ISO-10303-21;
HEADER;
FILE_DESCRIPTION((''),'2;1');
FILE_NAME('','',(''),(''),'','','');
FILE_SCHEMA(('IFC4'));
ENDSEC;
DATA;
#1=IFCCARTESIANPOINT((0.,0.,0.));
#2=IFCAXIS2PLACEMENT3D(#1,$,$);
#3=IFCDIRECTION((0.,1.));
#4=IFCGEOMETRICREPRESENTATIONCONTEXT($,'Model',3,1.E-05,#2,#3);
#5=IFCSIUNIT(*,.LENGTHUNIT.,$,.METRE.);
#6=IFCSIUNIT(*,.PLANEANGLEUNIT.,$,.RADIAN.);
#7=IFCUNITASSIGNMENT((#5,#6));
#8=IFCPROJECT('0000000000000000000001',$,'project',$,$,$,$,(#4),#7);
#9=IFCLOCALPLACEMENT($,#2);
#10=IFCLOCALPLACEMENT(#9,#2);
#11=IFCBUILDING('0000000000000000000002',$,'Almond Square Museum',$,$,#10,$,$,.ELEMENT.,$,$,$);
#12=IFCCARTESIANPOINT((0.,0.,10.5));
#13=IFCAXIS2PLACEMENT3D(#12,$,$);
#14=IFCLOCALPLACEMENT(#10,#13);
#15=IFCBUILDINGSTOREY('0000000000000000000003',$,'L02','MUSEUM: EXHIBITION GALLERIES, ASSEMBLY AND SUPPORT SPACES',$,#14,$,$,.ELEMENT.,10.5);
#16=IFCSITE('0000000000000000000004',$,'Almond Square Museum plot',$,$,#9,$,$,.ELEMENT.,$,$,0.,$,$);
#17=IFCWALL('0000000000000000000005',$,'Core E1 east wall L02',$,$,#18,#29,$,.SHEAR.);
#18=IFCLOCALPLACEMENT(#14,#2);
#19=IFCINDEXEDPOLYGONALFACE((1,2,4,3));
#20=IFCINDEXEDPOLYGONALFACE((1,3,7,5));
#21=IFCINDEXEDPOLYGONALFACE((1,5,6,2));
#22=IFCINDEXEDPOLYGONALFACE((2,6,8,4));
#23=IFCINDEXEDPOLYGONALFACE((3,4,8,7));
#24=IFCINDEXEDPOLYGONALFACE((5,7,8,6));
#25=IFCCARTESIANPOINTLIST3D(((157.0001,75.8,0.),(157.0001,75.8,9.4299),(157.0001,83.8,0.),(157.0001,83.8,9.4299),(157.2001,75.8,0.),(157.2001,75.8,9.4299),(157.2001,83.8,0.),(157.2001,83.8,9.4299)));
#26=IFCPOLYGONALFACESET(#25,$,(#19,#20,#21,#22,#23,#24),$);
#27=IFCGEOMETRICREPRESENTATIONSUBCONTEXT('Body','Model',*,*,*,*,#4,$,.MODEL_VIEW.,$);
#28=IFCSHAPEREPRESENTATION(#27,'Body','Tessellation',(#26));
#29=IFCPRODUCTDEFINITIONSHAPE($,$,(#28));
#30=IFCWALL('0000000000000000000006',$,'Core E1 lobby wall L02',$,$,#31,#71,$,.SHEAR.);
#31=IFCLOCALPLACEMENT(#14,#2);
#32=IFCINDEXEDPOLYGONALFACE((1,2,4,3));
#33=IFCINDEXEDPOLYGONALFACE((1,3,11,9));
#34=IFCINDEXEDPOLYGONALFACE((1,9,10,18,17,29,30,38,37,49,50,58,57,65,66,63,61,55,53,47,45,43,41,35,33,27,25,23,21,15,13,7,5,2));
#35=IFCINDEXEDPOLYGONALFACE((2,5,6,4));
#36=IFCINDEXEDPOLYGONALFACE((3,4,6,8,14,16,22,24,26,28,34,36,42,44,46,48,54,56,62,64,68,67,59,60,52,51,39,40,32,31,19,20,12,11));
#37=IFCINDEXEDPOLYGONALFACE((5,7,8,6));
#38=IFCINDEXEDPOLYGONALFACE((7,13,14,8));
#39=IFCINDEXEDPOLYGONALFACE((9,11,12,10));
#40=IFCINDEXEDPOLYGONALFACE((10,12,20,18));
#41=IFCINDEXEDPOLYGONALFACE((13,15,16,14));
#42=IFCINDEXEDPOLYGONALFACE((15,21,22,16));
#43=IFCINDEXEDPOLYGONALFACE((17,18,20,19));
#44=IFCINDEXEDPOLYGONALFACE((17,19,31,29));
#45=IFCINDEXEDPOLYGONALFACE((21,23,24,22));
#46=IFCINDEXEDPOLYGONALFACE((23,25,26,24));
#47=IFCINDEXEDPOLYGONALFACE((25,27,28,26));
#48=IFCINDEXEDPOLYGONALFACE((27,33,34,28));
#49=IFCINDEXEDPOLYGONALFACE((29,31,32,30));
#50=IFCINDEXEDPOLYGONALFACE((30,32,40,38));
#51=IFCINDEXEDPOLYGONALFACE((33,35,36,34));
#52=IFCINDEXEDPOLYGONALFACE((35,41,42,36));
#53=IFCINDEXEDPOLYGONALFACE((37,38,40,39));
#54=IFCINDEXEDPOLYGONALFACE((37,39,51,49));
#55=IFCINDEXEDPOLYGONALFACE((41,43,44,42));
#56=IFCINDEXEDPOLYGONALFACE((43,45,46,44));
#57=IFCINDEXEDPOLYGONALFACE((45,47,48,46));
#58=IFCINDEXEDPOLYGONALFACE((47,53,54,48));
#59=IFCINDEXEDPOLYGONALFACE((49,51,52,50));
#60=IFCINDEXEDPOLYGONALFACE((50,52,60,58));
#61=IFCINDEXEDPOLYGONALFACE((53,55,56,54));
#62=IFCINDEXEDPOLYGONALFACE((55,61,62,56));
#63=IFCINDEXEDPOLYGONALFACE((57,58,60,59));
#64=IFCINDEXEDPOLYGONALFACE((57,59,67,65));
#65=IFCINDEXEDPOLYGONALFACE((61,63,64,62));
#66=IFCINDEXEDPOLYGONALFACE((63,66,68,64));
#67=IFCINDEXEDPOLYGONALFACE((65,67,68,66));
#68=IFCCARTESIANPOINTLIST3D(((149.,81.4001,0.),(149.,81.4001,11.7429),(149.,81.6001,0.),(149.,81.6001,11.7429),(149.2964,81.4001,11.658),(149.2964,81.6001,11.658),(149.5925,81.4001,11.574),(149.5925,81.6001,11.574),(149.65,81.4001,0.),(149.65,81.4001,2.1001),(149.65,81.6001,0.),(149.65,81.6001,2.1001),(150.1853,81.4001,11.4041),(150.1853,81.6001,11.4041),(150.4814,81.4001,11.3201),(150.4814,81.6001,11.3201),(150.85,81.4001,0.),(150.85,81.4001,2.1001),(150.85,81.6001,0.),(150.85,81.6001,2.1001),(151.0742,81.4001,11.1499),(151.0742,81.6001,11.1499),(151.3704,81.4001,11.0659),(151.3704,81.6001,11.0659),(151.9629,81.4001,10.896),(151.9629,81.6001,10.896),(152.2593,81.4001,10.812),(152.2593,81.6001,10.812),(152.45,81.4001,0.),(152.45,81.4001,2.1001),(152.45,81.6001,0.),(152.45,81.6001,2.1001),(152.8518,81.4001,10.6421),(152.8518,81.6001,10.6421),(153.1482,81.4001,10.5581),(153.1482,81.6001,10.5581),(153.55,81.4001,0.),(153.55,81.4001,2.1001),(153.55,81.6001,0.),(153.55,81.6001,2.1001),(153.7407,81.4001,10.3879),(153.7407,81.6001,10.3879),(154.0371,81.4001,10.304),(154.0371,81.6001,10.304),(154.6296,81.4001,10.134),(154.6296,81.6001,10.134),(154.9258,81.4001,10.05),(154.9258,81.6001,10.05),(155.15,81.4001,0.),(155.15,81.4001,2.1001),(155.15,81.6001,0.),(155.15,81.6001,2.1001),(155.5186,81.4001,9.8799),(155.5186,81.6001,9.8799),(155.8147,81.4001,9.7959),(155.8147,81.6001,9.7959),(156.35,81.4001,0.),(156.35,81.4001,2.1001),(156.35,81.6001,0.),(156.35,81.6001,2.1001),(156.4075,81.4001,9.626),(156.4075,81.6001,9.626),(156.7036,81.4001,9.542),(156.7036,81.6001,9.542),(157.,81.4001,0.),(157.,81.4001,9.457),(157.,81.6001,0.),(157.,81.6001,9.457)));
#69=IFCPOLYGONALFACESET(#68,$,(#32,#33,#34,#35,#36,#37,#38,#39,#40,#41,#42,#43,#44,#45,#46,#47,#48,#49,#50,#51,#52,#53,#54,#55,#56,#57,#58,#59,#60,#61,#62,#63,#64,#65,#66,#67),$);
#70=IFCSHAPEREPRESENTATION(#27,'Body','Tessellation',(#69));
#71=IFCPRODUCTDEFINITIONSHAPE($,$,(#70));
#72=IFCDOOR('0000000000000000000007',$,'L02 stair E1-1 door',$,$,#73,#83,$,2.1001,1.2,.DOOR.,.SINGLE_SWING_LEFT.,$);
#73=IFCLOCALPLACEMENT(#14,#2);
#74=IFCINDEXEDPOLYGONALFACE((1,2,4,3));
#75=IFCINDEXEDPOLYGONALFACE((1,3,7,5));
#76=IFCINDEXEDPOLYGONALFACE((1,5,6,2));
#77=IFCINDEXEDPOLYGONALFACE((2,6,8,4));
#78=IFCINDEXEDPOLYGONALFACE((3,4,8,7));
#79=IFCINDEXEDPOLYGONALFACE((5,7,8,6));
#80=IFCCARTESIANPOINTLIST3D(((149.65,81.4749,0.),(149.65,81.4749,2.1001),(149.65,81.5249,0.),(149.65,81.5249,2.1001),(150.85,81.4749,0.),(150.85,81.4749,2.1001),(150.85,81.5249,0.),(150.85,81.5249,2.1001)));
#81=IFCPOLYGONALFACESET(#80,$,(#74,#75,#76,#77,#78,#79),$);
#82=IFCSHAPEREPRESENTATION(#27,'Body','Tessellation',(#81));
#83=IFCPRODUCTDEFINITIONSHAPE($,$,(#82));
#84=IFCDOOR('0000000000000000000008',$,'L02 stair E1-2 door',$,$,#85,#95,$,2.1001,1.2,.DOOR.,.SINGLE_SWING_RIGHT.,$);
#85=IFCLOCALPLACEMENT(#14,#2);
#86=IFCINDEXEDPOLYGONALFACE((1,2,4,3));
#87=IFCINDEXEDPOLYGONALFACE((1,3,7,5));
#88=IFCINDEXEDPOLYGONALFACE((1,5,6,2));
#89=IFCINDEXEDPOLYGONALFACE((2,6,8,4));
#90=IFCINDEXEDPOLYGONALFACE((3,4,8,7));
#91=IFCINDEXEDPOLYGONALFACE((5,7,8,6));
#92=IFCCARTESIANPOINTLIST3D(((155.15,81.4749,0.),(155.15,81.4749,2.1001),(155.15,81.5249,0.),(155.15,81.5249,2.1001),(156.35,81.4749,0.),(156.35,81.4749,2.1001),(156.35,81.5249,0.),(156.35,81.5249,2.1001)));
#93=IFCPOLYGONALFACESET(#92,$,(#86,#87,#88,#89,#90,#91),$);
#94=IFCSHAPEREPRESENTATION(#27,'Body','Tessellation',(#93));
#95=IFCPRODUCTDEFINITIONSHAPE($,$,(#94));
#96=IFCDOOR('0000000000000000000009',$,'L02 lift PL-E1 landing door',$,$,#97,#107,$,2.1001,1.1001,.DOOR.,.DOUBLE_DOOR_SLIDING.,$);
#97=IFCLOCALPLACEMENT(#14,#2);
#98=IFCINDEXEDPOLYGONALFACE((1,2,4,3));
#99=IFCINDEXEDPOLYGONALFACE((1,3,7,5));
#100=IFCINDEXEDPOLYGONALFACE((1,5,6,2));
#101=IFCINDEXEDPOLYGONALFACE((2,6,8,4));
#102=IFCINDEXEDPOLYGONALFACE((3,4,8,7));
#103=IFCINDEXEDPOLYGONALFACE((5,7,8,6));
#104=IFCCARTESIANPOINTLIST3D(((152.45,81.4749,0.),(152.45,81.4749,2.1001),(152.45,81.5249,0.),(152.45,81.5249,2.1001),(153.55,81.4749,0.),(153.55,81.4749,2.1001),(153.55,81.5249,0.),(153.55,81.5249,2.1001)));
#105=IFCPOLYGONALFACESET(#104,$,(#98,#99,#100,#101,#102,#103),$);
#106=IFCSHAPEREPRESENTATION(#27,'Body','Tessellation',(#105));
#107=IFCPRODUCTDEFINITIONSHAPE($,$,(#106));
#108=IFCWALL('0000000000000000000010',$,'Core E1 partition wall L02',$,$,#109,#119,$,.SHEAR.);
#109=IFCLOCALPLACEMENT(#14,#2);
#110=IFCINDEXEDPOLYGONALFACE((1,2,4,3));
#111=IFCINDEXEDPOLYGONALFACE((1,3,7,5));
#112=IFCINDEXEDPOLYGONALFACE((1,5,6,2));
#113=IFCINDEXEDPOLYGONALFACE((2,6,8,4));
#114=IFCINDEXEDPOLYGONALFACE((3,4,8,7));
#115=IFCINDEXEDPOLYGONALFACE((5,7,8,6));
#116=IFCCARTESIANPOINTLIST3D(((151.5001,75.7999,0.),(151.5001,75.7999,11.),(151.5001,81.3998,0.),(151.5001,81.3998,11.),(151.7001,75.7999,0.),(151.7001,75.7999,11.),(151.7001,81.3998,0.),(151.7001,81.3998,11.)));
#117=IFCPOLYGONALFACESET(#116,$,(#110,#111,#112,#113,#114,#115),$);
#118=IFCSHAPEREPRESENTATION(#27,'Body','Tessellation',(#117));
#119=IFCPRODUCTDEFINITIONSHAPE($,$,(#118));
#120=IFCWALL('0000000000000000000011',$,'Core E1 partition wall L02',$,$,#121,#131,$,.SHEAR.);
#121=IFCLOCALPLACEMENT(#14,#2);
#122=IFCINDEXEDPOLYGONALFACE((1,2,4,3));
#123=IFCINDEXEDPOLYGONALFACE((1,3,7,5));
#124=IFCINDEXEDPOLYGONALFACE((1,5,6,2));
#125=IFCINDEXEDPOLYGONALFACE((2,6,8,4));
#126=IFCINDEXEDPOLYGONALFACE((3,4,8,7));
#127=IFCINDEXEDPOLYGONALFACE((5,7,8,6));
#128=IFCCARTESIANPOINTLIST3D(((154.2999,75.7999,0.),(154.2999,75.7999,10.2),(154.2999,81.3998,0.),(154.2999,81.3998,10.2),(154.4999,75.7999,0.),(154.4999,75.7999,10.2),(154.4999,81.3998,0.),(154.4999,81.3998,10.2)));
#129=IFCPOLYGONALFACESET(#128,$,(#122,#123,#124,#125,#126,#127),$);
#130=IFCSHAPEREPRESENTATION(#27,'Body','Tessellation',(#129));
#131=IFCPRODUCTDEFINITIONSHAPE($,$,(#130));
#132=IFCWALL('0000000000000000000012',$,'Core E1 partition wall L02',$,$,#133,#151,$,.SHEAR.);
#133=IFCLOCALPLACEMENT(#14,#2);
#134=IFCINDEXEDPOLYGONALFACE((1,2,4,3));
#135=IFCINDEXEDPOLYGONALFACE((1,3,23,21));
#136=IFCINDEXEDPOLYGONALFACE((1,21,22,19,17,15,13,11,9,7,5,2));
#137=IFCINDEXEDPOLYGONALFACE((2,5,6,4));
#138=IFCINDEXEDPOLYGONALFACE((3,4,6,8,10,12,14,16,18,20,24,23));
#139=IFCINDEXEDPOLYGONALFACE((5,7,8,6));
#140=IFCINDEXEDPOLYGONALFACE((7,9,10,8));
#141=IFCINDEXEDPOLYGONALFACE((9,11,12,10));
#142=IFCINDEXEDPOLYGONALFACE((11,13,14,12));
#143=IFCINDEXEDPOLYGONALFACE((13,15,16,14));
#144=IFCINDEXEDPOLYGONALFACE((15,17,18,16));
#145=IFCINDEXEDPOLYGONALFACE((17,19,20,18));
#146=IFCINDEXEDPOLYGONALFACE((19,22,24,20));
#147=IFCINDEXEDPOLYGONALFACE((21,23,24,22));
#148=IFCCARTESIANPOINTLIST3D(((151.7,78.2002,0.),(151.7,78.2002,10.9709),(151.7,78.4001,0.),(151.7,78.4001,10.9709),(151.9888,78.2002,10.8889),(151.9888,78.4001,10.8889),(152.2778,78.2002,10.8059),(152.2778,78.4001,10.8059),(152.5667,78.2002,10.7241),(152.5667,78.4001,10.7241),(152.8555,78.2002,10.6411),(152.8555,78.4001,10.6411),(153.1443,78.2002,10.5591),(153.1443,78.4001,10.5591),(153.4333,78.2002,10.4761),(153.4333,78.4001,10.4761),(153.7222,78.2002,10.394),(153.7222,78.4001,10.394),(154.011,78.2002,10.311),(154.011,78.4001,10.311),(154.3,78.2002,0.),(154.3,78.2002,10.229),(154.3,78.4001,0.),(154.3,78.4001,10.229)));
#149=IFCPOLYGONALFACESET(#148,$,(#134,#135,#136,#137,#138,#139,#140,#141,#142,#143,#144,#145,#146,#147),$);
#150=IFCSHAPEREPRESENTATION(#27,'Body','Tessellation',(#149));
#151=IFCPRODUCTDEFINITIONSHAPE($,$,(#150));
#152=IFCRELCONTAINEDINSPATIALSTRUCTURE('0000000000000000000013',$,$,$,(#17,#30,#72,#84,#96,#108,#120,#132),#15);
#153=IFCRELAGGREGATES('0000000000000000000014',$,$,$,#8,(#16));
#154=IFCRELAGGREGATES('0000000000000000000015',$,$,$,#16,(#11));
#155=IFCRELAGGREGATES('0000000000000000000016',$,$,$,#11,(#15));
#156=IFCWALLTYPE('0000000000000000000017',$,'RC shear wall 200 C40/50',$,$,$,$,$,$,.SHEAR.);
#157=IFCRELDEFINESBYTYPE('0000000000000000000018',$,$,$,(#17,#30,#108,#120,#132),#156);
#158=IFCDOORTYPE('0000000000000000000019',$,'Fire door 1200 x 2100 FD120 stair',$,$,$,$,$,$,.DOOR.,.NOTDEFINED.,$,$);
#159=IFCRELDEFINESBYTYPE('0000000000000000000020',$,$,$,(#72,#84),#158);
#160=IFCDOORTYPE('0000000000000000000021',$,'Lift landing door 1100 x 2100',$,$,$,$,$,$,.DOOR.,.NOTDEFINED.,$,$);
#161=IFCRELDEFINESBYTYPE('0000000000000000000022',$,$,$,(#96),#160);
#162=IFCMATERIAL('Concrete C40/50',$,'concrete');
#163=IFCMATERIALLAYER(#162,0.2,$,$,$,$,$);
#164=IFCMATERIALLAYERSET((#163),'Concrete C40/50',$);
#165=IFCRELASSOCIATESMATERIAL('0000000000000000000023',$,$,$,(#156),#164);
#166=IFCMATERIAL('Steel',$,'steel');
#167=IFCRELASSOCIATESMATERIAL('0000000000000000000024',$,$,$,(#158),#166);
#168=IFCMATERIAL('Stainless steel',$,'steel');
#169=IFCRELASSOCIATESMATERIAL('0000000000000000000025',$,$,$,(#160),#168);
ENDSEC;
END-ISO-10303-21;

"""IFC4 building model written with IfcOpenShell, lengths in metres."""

from ifc_helpers import new_model, si_unit, direction, frame, frame_2d, origin, place, context, subcontext, project, spatial, polyline, rectangle, outline, extrude, material, layer, layer_set, type_object, element, fill, save


model = new_model("IFC4")

# Units and contexts
model_context = context("Model", 3, precision=1e-05, world=origin(), true_north=direction((0.0, 1.0)))
body_context = subcontext(model_context, "Body", "Model", "MODEL_VIEW")
ifc_project = project(units=[si_unit("LENGTHUNIT", "METRE"), si_unit("PLANEANGLEUNIT", "RADIAN")], contexts=[model_context])

# Site, building, storey
site_placement = place(None, origin())
site = spatial("IfcSite", under=ifc_project, at=site_placement, Name="Almond Square Museum plot", CompositionType="ELEMENT", RefElevation=0.0)
building_placement = place(site_placement, origin())
building = spatial("IfcBuilding", under=site, at=building_placement, Name="Almond Square Museum", CompositionType="ELEMENT")
storey_placement = place(building_placement, frame((0.0, 0.0, 10.5)))
storey = spatial("IfcBuildingStorey", under=building, at=storey_placement, Name="L02", Description="MUSEUM: EXHIBITION GALLERIES, ASSEMBLY AND SUPPORT SPACES", CompositionType="ELEMENT", Elevation=10.5)

# Shared definitions
ifc_material_1 = material(Name="Concrete C40/50", Category="concrete")
ifc_layer_1 = layer(ifc_material_1, 0.2)
ifc_layer_set_1 = layer_set([ifc_layer_1], Name="Concrete C40/50")
wall_type_1 = type_object("IfcWallType", Name="RC shear wall 200 C40/50", PredefinedType="SHEAR", material=ifc_layer_set_1)

# Wall
wall_1_placement = place(storey_placement, frame((157.1001, 75.8, 0.0), z_axis=(0.0, 0.0, 1.0), x_axis=(0.0, 1.0, 0.0)))
element("IfcWall", 1, at=wall_1_placement, inside=storey, type_object=wall_type_1, Name="Core E1 east wall L02", PredefinedType="SHEAR", context=body_context, shape_type="SweptSolid", body=[
    extrude(rectangle(XDim=8.0, YDim=0.2, at=frame_2d((4.0, 0.0))), origin(), (0.0, 0.0, 1.0), 9.4299),
])

# Wall, openings, doors
wall_2_placement = place(storey_placement, frame((149.0, 81.5, 0.0), z_axis=(0.0, 0.0, 1.0), x_axis=(1.0, 0.0, 0.0)))
wall_2 = element("IfcWall", 2, at=wall_2_placement, inside=storey, type_object=wall_type_1, Name="Core E1 lobby wall L02", PredefinedType="SHEAR", context=body_context, shape_type="SweptSolid", body=[
    extrude(outline(polyline([(0.0, 0.0), (8.0, 0.0), (8.0, 9.457), (7.7036, 9.542), (7.4075, 9.626), (6.8147, 9.7959), (6.5186, 9.8799), (5.9258, 10.05), (5.6296, 10.134), (5.0371, 10.304), (4.7407, 10.3879), (4.1482, 10.5581), (3.8518, 10.6421), (3.2593, 10.812), (2.9629, 10.896), (2.3704, 11.0659), (2.0742, 11.1499), (1.4814, 11.3201), (1.1853, 11.4041), (0.5925, 11.574), (0.2964, 11.658), (0.0, 11.7429), (0.0, 0.0)])), frame((0.0, 0.1001, 0.0), z_axis=(0.0, -1.0, 0.0), x_axis=(1.0, 0.0, 0.0)), (0.0, 0.0, 1.0), 0.2),
])
opening_1_placement = place(wall_2_placement, frame((0.6499, 0.0, 0.0)))
opening_1 = element("IfcOpeningElement", 3, at=opening_1_placement, cuts=wall_2, PredefinedType="OPENING", context=body_context, shape_type="SweptSolid", body=[
    extrude(rectangle(XDim=1.2, YDim=2.1001, at=frame_2d((0.6001, 1.05))), frame((0.0, 0.1099, 0.0), z_axis=(0.0, -1.0, 0.0), x_axis=(1.0, 0.0, 0.0)), (0.0, 0.0, 1.0), 0.22),
])
opening_2_placement = place(wall_2_placement, frame((6.1499, 0.0, 0.0)))
opening_2 = element("IfcOpeningElement", 4, at=opening_2_placement, cuts=wall_2, PredefinedType="OPENING", context=body_context, shape_type="SweptSolid", body=[
    extrude(rectangle(XDim=1.2, YDim=2.1001, at=frame_2d((0.6001, 1.05))), frame((0.0, 0.1099, 0.0), z_axis=(0.0, -1.0, 0.0), x_axis=(1.0, 0.0, 0.0)), (0.0, 0.0, 1.0), 0.22),
])
opening_3_placement = place(wall_2_placement, frame((3.45, 0.0, 0.0)))
opening_3 = element("IfcOpeningElement", 5, at=opening_3_placement, cuts=wall_2, PredefinedType="OPENING", context=body_context, shape_type="SweptSolid", body=[
    extrude(rectangle(XDim=1.1001, YDim=2.1001, at=frame_2d((0.55, 1.05))), frame((0.0, 0.1099, 0.0), z_axis=(0.0, -1.0, 0.0), x_axis=(1.0, 0.0, 0.0)), (0.0, 0.0, 1.0), 0.22),
])
ifc_material_2 = material(Name="Steel", Category="steel")
door_type_1 = type_object("IfcDoorType", Name="Fire door 1200 x 2100 FD120 stair", OperationType="NOTDEFINED", PredefinedType="DOOR", material=ifc_material_2)
door_1_placement = place(opening_1_placement, origin())
door_1 = element("IfcDoor", 6, at=door_1_placement, inside=storey, type_object=door_type_1, Name="L02 stair E1-1 door", OperationType="SINGLE_SWING_LEFT", OverallHeight=2.1001, OverallWidth=1.2, PredefinedType="DOOR", context=body_context, shape_type="SweptSolid", body=[
    extrude(rectangle(XDim=1.2, YDim=2.1001, at=frame_2d((0.6001, 1.05))), frame((0.0, 0.0249, 0.0), z_axis=(0.0, -1.0, 0.0), x_axis=(1.0, 0.0, 0.0)), (0.0, 0.0, 1.0), 0.05),
])
fill(opening_1, door_1)
door_2_placement = place(opening_2_placement, origin())
door_2 = element("IfcDoor", 7, at=door_2_placement, inside=storey, type_object=door_type_1, Name="L02 stair E1-2 door", OperationType="SINGLE_SWING_RIGHT", OverallHeight=2.1001, OverallWidth=1.2, PredefinedType="DOOR", context=body_context, shape_type="SweptSolid", body=[
    extrude(rectangle(XDim=1.2, YDim=2.1001, at=frame_2d((0.6001, 1.05))), frame((0.0, 0.0249, 0.0), z_axis=(0.0, -1.0, 0.0), x_axis=(1.0, 0.0, 0.0)), (0.0, 0.0, 1.0), 0.05),
])
fill(opening_2, door_2)
ifc_material_3 = material(Name="Stainless steel", Category="steel")
door_type_2 = type_object("IfcDoorType", Name="Lift landing door 1100 x 2100", OperationType="NOTDEFINED", PredefinedType="DOOR", material=ifc_material_3)
door_3_placement = place(opening_3_placement, origin())
door_3 = element("IfcDoor", 8, at=door_3_placement, inside=storey, type_object=door_type_2, Name="L02 lift PL-E1 landing door", OperationType="DOUBLE_DOOR_SLIDING", OverallHeight=2.1001, OverallWidth=1.1001, PredefinedType="DOOR", context=body_context, shape_type="SweptSolid", body=[
    extrude(rectangle(XDim=1.1001, YDim=2.1001, at=frame_2d((0.55, 1.05))), frame((0.0, 0.0249, 0.0), z_axis=(0.0, -1.0, 0.0), x_axis=(1.0, 0.0, 0.0)), (0.0, 0.0, 1.0), 0.05),
])
fill(opening_3, door_3)

# Walls
wall_3_placement = place(storey_placement, frame((151.6001, 75.8, 0.0), z_axis=(0.0, 0.0, 1.0), x_axis=(0.0, 1.0, 0.0)))
element("IfcWall", 9, at=wall_3_placement, inside=storey, type_object=wall_type_1, Name="Core E1 partition wall L02", PredefinedType="SHEAR", context=body_context, shape_type="SweptSolid", body=[
    extrude(rectangle(XDim=5.5999, YDim=0.2, at=frame_2d((2.7998, 0.0))), origin(), (0.0, 0.0, 1.0), 11.0),
])
wall_4_placement = place(storey_placement, frame((154.3999, 75.8, 0.0), z_axis=(0.0, 0.0, 1.0), x_axis=(0.0, 1.0, 0.0)))
element("IfcWall", 10, at=wall_4_placement, inside=storey, type_object=wall_type_1, Name="Core E1 partition wall L02", PredefinedType="SHEAR", context=body_context, shape_type="SweptSolid", body=[
    extrude(rectangle(XDim=5.5999, YDim=0.2, at=frame_2d((2.7998, 0.0))), origin(), (0.0, 0.0, 1.0), 10.2),
])
wall_5_placement = place(storey_placement, frame((151.7, 78.3, 0.0), z_axis=(0.0, 0.0, 1.0), x_axis=(1.0, 0.0, 0.0)))
element("IfcWall", 11, at=wall_5_placement, inside=storey, type_object=wall_type_1, Name="Core E1 partition wall L02", PredefinedType="SHEAR", context=body_context, shape_type="SweptSolid", body=[
    extrude(outline(polyline([(0.0, 0.0), (2.6001, 0.0), (2.6001, 10.229), (2.311, 10.311), (2.0222, 10.394), (1.7334, 10.4761), (1.4443, 10.5591), (1.1555, 10.6411), (0.8667, 10.7241), (0.5779, 10.8059), (0.2888, 10.8889), (0.0, 10.9709), (0.0, 0.0)])), frame((0.0, 0.1001, 0.0), z_axis=(0.0, -1.0, 0.0), x_axis=(1.0, 0.0, 0.0)), (0.0, 0.0, 1.0), 0.2),
])

save(model, "model.ifc")
